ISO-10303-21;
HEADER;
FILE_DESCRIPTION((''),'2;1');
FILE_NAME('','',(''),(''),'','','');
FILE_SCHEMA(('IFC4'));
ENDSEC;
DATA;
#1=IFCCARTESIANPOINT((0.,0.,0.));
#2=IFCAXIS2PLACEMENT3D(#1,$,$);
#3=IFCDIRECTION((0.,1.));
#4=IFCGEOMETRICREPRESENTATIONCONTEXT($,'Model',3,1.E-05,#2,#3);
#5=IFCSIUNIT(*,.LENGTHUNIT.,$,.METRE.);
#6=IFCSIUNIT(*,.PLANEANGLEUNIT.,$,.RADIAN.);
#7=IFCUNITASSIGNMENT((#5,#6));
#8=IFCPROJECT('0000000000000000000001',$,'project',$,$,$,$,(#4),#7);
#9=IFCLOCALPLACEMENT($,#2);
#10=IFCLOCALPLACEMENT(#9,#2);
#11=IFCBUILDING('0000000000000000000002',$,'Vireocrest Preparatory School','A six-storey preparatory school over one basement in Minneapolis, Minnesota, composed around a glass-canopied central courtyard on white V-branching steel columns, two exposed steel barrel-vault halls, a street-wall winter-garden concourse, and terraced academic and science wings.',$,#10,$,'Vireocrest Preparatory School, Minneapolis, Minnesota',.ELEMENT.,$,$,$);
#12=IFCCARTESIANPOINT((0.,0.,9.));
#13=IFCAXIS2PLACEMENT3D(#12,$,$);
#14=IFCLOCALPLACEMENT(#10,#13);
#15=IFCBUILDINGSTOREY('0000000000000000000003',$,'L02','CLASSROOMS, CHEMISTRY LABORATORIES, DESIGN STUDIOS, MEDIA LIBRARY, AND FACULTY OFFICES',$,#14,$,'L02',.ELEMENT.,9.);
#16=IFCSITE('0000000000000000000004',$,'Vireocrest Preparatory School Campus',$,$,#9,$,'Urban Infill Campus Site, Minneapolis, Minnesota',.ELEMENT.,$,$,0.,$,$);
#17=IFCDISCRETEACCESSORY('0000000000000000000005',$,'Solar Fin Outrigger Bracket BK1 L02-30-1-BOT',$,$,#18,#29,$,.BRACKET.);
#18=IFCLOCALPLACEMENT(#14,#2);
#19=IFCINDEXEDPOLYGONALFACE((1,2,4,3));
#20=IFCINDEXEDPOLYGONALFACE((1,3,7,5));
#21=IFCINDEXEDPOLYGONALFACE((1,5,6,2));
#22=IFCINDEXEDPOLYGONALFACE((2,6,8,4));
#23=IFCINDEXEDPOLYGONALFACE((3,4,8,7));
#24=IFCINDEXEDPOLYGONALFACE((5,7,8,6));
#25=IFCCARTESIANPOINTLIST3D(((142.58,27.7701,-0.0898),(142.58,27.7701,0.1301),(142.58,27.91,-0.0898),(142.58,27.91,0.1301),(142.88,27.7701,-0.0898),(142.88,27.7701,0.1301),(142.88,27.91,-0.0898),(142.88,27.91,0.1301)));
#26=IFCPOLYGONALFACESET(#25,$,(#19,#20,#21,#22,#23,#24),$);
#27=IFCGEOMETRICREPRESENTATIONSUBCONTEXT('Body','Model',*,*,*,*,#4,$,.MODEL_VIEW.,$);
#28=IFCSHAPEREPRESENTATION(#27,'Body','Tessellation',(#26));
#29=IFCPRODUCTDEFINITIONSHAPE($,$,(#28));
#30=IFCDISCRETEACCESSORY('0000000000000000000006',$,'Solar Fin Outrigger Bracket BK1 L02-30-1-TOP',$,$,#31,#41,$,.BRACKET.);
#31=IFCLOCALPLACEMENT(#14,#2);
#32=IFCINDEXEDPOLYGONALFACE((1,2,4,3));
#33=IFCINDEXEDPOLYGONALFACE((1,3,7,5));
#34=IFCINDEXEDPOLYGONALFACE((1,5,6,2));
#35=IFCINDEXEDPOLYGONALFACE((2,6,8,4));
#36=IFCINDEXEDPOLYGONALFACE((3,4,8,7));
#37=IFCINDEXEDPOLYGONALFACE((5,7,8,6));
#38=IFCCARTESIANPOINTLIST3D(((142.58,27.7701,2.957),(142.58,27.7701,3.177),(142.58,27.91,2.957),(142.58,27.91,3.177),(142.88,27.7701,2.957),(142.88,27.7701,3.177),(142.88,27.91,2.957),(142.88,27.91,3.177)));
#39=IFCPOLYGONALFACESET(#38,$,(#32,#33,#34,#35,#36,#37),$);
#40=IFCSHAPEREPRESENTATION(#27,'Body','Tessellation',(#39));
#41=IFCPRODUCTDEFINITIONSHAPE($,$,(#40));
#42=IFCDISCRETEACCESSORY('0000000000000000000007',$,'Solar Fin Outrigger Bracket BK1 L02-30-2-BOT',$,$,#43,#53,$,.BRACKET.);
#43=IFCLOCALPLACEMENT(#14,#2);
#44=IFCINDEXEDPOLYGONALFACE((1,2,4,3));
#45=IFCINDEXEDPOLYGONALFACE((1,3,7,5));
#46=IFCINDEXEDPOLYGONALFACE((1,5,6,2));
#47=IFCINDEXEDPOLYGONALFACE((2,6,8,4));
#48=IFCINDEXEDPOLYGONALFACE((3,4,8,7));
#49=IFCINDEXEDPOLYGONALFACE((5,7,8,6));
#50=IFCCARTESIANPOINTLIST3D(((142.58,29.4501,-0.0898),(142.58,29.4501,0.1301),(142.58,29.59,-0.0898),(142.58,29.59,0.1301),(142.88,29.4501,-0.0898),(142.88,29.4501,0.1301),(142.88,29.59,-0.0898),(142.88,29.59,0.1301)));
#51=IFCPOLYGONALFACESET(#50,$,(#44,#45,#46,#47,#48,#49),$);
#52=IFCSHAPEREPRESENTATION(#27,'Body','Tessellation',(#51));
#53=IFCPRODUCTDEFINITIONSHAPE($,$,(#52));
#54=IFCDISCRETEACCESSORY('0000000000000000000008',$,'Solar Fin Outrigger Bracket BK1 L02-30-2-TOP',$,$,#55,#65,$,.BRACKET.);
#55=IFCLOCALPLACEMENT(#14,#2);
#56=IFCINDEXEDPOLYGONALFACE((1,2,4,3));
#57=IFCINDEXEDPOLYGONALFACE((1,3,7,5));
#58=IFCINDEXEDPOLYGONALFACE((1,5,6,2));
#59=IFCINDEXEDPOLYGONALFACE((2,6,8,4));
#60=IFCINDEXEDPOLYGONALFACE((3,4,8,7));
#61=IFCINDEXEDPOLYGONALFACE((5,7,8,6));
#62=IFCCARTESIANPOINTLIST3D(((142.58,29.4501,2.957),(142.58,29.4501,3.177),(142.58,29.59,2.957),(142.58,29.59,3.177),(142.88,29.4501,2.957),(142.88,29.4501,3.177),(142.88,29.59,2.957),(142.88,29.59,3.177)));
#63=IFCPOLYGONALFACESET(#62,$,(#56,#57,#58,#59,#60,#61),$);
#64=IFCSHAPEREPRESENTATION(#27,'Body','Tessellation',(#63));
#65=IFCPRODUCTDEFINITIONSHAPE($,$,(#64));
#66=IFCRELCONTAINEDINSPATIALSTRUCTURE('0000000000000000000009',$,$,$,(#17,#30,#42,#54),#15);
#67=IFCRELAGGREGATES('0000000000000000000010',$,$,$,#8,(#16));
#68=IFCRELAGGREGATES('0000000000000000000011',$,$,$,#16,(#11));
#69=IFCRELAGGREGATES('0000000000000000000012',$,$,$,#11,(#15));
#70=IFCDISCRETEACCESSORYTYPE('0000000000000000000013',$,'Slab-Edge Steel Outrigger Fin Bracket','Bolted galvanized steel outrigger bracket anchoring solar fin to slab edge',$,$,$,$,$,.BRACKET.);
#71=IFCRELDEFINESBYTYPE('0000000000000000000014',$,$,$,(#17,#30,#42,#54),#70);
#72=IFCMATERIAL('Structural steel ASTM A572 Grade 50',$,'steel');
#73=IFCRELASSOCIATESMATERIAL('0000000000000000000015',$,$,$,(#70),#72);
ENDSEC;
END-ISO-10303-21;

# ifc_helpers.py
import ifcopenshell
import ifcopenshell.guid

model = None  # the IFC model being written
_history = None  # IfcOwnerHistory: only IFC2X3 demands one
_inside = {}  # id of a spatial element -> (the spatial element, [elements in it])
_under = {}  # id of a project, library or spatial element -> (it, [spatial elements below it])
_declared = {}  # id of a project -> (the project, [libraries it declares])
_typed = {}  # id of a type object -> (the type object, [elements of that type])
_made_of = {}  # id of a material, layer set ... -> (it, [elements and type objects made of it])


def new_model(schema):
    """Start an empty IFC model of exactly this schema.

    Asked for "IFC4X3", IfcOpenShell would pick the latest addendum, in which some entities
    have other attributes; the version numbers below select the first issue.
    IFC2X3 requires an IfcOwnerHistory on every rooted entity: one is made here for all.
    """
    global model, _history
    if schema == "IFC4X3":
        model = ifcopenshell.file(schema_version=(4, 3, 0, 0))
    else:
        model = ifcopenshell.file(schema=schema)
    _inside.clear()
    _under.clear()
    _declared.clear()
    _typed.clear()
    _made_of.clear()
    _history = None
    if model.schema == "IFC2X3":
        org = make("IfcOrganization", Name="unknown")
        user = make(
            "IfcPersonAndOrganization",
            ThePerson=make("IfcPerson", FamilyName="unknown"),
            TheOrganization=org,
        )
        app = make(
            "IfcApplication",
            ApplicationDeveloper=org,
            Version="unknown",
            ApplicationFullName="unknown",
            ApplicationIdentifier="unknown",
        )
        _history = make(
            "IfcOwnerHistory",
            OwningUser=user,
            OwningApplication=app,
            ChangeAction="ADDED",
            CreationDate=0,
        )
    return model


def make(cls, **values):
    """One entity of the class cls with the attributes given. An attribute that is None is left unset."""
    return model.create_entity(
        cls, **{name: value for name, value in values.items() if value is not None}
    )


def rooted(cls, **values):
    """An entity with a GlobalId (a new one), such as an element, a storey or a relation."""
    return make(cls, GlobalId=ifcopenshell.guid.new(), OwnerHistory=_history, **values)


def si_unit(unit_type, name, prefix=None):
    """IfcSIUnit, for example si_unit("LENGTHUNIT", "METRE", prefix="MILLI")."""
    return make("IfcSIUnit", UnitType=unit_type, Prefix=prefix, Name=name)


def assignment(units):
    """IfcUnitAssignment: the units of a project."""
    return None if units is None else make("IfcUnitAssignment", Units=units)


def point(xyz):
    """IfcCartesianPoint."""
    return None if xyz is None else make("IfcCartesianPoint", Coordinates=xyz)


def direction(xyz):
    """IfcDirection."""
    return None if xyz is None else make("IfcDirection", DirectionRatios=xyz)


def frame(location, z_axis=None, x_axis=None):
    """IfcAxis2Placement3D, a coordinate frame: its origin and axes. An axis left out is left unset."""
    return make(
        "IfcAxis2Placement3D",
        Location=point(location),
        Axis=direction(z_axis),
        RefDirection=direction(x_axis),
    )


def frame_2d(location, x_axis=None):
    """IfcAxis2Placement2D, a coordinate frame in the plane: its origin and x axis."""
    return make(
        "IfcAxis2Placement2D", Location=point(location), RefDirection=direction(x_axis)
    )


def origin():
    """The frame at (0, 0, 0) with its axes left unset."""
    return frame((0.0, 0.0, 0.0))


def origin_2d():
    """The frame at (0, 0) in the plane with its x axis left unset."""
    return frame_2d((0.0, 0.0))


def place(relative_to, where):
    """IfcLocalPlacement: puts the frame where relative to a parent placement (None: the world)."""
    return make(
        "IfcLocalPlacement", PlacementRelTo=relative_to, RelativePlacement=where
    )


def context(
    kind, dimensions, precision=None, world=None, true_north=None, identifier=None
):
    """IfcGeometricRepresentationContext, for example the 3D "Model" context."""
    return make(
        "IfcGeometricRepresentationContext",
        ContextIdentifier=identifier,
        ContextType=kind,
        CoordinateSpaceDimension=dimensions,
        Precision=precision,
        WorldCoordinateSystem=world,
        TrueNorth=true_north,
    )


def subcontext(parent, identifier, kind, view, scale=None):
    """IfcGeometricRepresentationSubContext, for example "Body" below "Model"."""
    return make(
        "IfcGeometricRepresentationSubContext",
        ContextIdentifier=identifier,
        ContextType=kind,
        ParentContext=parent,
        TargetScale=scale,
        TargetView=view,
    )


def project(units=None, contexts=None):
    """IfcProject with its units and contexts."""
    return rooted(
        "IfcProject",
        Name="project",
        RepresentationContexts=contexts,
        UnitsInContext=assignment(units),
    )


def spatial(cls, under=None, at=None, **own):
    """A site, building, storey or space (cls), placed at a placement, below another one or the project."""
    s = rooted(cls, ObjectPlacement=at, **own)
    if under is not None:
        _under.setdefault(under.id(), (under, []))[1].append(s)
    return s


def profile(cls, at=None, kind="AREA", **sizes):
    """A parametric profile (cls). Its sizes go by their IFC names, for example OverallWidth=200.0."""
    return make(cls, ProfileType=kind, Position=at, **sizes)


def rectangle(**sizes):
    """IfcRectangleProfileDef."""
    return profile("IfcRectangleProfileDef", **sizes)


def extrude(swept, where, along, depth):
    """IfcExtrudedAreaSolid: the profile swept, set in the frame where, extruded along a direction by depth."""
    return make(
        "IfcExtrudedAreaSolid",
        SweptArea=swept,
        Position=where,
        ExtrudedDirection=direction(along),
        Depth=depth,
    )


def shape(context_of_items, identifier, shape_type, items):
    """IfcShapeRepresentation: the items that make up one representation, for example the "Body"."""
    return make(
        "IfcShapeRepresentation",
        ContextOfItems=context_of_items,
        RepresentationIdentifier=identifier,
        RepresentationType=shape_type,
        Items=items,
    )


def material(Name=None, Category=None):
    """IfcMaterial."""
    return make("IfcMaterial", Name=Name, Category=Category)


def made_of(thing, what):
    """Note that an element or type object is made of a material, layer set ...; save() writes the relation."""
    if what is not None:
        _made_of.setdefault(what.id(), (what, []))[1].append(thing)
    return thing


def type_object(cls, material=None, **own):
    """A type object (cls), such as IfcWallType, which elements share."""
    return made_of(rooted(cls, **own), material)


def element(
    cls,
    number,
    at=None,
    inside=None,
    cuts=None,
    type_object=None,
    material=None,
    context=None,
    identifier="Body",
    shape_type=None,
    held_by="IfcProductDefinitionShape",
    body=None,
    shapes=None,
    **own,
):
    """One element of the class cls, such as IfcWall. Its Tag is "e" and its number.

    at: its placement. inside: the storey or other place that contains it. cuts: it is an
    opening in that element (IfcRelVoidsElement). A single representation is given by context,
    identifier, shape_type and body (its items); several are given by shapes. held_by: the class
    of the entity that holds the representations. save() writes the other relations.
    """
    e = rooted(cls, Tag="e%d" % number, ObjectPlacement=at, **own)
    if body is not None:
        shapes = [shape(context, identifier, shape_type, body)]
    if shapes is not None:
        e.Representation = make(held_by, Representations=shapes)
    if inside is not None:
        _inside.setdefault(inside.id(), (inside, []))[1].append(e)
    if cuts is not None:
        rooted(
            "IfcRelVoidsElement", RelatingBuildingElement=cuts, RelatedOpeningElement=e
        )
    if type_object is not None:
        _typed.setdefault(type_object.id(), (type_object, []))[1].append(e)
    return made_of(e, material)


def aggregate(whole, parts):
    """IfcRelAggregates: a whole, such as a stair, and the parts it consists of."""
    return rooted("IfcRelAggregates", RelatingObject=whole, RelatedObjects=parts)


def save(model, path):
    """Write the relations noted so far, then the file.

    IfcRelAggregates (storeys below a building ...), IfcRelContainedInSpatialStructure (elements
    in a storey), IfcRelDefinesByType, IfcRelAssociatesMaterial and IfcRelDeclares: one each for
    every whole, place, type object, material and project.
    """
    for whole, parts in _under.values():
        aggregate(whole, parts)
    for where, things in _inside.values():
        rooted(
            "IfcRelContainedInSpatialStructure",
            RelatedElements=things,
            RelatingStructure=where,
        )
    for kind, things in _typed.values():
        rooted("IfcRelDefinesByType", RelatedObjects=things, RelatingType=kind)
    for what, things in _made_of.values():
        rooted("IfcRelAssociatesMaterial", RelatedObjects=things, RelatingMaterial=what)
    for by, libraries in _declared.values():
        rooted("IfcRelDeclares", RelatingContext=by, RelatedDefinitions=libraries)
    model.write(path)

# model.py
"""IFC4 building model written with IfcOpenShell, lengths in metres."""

from ifc_helpers import new_model, si_unit, direction, frame, origin, origin_2d, place, context, subcontext, project, spatial, rectangle, extrude, material, type_object, element, save


model = new_model("IFC4")

# Units and contexts
model_context = context("Model", 3, precision=1e-05, world=origin(), true_north=direction((0.0, 1.0)))
body_context = subcontext(model_context, "Body", "Model", "MODEL_VIEW")
ifc_project = project(units=[si_unit("LENGTHUNIT", "METRE"), si_unit("PLANEANGLEUNIT", "RADIAN")], contexts=[model_context])

# Site, building, storey
site_placement = place(None, origin())
site = spatial("IfcSite", under=ifc_project, at=site_placement, Name="Vireocrest Preparatory School Campus", LongName="Urban Infill Campus Site, Minneapolis, Minnesota", CompositionType="ELEMENT", RefElevation=0.0)
building_placement = place(site_placement, origin())
building = spatial("IfcBuilding", under=site, at=building_placement, Name="Vireocrest Preparatory School", Description="A six-storey preparatory school over one basement in Minneapolis, Minnesota, composed around a glass-canopied central courtyard on white V-branching steel columns, two exposed steel barrel-vault halls, a street-wall winter-garden concourse, and terraced academic and science wings.", LongName="Vireocrest Preparatory School, Minneapolis, Minnesota", CompositionType="ELEMENT")
storey_placement = place(building_placement, frame((0.0, 0.0, 9.0)))
storey = spatial("IfcBuildingStorey", under=building, at=storey_placement, Name="L02", Description="CLASSROOMS, CHEMISTRY LABORATORIES, DESIGN STUDIOS, MEDIA LIBRARY, AND FACULTY OFFICES", LongName="L02", CompositionType="ELEMENT", Elevation=9.0)

# Discrete accessories
ifc_material_1 = material(Name="Structural steel ASTM A572 Grade 50", Category="steel")
discrete_accessory_type = type_object("IfcDiscreteAccessoryType", Name="Slab-Edge Steel Outrigger Fin Bracket", Description="Bolted galvanized steel outrigger bracket anchoring solar fin to slab edge", PredefinedType="BRACKET", material=ifc_material_1)
for number, where, z_axis, x_axis, name in (
    (1, (142.73, 27.8401, -0.0898), (0.0, 0.0, 1.0), (0.0, 1.0, 0.0), "Solar Fin Outrigger Bracket BK1 L02-30-1-BOT"),
    (2, (142.73, 27.8401, 2.957), (0.0, 0.0, 1.0), (0.0, 1.0, 0.0), "Solar Fin Outrigger Bracket BK1 L02-30-1-TOP"),
    (3, (142.73, 29.52, -0.0898), (0.0, 0.0, 1.0), (0.0, 1.0, 0.0), "Solar Fin Outrigger Bracket BK1 L02-30-2-BOT"),
    (4, (142.73, 29.52, 2.957), (0.0, 0.0, 1.0), (0.0, 1.0, 0.0), "Solar Fin Outrigger Bracket BK1 L02-30-2-TOP"),
):
    element("IfcDiscreteAccessory", number, at=place(storey_placement, frame(where, z_axis=z_axis, x_axis=x_axis)), inside=storey, type_object=discrete_accessory_type, Name=name, PredefinedType="BRACKET", context=body_context, shape_type="SweptSolid", body=[
        extrude(rectangle(XDim=0.1399, YDim=0.3, at=origin_2d()), origin(), (0.0, 0.0, 1.0), 0.22),
    ])

save(model, "model.ifc")
